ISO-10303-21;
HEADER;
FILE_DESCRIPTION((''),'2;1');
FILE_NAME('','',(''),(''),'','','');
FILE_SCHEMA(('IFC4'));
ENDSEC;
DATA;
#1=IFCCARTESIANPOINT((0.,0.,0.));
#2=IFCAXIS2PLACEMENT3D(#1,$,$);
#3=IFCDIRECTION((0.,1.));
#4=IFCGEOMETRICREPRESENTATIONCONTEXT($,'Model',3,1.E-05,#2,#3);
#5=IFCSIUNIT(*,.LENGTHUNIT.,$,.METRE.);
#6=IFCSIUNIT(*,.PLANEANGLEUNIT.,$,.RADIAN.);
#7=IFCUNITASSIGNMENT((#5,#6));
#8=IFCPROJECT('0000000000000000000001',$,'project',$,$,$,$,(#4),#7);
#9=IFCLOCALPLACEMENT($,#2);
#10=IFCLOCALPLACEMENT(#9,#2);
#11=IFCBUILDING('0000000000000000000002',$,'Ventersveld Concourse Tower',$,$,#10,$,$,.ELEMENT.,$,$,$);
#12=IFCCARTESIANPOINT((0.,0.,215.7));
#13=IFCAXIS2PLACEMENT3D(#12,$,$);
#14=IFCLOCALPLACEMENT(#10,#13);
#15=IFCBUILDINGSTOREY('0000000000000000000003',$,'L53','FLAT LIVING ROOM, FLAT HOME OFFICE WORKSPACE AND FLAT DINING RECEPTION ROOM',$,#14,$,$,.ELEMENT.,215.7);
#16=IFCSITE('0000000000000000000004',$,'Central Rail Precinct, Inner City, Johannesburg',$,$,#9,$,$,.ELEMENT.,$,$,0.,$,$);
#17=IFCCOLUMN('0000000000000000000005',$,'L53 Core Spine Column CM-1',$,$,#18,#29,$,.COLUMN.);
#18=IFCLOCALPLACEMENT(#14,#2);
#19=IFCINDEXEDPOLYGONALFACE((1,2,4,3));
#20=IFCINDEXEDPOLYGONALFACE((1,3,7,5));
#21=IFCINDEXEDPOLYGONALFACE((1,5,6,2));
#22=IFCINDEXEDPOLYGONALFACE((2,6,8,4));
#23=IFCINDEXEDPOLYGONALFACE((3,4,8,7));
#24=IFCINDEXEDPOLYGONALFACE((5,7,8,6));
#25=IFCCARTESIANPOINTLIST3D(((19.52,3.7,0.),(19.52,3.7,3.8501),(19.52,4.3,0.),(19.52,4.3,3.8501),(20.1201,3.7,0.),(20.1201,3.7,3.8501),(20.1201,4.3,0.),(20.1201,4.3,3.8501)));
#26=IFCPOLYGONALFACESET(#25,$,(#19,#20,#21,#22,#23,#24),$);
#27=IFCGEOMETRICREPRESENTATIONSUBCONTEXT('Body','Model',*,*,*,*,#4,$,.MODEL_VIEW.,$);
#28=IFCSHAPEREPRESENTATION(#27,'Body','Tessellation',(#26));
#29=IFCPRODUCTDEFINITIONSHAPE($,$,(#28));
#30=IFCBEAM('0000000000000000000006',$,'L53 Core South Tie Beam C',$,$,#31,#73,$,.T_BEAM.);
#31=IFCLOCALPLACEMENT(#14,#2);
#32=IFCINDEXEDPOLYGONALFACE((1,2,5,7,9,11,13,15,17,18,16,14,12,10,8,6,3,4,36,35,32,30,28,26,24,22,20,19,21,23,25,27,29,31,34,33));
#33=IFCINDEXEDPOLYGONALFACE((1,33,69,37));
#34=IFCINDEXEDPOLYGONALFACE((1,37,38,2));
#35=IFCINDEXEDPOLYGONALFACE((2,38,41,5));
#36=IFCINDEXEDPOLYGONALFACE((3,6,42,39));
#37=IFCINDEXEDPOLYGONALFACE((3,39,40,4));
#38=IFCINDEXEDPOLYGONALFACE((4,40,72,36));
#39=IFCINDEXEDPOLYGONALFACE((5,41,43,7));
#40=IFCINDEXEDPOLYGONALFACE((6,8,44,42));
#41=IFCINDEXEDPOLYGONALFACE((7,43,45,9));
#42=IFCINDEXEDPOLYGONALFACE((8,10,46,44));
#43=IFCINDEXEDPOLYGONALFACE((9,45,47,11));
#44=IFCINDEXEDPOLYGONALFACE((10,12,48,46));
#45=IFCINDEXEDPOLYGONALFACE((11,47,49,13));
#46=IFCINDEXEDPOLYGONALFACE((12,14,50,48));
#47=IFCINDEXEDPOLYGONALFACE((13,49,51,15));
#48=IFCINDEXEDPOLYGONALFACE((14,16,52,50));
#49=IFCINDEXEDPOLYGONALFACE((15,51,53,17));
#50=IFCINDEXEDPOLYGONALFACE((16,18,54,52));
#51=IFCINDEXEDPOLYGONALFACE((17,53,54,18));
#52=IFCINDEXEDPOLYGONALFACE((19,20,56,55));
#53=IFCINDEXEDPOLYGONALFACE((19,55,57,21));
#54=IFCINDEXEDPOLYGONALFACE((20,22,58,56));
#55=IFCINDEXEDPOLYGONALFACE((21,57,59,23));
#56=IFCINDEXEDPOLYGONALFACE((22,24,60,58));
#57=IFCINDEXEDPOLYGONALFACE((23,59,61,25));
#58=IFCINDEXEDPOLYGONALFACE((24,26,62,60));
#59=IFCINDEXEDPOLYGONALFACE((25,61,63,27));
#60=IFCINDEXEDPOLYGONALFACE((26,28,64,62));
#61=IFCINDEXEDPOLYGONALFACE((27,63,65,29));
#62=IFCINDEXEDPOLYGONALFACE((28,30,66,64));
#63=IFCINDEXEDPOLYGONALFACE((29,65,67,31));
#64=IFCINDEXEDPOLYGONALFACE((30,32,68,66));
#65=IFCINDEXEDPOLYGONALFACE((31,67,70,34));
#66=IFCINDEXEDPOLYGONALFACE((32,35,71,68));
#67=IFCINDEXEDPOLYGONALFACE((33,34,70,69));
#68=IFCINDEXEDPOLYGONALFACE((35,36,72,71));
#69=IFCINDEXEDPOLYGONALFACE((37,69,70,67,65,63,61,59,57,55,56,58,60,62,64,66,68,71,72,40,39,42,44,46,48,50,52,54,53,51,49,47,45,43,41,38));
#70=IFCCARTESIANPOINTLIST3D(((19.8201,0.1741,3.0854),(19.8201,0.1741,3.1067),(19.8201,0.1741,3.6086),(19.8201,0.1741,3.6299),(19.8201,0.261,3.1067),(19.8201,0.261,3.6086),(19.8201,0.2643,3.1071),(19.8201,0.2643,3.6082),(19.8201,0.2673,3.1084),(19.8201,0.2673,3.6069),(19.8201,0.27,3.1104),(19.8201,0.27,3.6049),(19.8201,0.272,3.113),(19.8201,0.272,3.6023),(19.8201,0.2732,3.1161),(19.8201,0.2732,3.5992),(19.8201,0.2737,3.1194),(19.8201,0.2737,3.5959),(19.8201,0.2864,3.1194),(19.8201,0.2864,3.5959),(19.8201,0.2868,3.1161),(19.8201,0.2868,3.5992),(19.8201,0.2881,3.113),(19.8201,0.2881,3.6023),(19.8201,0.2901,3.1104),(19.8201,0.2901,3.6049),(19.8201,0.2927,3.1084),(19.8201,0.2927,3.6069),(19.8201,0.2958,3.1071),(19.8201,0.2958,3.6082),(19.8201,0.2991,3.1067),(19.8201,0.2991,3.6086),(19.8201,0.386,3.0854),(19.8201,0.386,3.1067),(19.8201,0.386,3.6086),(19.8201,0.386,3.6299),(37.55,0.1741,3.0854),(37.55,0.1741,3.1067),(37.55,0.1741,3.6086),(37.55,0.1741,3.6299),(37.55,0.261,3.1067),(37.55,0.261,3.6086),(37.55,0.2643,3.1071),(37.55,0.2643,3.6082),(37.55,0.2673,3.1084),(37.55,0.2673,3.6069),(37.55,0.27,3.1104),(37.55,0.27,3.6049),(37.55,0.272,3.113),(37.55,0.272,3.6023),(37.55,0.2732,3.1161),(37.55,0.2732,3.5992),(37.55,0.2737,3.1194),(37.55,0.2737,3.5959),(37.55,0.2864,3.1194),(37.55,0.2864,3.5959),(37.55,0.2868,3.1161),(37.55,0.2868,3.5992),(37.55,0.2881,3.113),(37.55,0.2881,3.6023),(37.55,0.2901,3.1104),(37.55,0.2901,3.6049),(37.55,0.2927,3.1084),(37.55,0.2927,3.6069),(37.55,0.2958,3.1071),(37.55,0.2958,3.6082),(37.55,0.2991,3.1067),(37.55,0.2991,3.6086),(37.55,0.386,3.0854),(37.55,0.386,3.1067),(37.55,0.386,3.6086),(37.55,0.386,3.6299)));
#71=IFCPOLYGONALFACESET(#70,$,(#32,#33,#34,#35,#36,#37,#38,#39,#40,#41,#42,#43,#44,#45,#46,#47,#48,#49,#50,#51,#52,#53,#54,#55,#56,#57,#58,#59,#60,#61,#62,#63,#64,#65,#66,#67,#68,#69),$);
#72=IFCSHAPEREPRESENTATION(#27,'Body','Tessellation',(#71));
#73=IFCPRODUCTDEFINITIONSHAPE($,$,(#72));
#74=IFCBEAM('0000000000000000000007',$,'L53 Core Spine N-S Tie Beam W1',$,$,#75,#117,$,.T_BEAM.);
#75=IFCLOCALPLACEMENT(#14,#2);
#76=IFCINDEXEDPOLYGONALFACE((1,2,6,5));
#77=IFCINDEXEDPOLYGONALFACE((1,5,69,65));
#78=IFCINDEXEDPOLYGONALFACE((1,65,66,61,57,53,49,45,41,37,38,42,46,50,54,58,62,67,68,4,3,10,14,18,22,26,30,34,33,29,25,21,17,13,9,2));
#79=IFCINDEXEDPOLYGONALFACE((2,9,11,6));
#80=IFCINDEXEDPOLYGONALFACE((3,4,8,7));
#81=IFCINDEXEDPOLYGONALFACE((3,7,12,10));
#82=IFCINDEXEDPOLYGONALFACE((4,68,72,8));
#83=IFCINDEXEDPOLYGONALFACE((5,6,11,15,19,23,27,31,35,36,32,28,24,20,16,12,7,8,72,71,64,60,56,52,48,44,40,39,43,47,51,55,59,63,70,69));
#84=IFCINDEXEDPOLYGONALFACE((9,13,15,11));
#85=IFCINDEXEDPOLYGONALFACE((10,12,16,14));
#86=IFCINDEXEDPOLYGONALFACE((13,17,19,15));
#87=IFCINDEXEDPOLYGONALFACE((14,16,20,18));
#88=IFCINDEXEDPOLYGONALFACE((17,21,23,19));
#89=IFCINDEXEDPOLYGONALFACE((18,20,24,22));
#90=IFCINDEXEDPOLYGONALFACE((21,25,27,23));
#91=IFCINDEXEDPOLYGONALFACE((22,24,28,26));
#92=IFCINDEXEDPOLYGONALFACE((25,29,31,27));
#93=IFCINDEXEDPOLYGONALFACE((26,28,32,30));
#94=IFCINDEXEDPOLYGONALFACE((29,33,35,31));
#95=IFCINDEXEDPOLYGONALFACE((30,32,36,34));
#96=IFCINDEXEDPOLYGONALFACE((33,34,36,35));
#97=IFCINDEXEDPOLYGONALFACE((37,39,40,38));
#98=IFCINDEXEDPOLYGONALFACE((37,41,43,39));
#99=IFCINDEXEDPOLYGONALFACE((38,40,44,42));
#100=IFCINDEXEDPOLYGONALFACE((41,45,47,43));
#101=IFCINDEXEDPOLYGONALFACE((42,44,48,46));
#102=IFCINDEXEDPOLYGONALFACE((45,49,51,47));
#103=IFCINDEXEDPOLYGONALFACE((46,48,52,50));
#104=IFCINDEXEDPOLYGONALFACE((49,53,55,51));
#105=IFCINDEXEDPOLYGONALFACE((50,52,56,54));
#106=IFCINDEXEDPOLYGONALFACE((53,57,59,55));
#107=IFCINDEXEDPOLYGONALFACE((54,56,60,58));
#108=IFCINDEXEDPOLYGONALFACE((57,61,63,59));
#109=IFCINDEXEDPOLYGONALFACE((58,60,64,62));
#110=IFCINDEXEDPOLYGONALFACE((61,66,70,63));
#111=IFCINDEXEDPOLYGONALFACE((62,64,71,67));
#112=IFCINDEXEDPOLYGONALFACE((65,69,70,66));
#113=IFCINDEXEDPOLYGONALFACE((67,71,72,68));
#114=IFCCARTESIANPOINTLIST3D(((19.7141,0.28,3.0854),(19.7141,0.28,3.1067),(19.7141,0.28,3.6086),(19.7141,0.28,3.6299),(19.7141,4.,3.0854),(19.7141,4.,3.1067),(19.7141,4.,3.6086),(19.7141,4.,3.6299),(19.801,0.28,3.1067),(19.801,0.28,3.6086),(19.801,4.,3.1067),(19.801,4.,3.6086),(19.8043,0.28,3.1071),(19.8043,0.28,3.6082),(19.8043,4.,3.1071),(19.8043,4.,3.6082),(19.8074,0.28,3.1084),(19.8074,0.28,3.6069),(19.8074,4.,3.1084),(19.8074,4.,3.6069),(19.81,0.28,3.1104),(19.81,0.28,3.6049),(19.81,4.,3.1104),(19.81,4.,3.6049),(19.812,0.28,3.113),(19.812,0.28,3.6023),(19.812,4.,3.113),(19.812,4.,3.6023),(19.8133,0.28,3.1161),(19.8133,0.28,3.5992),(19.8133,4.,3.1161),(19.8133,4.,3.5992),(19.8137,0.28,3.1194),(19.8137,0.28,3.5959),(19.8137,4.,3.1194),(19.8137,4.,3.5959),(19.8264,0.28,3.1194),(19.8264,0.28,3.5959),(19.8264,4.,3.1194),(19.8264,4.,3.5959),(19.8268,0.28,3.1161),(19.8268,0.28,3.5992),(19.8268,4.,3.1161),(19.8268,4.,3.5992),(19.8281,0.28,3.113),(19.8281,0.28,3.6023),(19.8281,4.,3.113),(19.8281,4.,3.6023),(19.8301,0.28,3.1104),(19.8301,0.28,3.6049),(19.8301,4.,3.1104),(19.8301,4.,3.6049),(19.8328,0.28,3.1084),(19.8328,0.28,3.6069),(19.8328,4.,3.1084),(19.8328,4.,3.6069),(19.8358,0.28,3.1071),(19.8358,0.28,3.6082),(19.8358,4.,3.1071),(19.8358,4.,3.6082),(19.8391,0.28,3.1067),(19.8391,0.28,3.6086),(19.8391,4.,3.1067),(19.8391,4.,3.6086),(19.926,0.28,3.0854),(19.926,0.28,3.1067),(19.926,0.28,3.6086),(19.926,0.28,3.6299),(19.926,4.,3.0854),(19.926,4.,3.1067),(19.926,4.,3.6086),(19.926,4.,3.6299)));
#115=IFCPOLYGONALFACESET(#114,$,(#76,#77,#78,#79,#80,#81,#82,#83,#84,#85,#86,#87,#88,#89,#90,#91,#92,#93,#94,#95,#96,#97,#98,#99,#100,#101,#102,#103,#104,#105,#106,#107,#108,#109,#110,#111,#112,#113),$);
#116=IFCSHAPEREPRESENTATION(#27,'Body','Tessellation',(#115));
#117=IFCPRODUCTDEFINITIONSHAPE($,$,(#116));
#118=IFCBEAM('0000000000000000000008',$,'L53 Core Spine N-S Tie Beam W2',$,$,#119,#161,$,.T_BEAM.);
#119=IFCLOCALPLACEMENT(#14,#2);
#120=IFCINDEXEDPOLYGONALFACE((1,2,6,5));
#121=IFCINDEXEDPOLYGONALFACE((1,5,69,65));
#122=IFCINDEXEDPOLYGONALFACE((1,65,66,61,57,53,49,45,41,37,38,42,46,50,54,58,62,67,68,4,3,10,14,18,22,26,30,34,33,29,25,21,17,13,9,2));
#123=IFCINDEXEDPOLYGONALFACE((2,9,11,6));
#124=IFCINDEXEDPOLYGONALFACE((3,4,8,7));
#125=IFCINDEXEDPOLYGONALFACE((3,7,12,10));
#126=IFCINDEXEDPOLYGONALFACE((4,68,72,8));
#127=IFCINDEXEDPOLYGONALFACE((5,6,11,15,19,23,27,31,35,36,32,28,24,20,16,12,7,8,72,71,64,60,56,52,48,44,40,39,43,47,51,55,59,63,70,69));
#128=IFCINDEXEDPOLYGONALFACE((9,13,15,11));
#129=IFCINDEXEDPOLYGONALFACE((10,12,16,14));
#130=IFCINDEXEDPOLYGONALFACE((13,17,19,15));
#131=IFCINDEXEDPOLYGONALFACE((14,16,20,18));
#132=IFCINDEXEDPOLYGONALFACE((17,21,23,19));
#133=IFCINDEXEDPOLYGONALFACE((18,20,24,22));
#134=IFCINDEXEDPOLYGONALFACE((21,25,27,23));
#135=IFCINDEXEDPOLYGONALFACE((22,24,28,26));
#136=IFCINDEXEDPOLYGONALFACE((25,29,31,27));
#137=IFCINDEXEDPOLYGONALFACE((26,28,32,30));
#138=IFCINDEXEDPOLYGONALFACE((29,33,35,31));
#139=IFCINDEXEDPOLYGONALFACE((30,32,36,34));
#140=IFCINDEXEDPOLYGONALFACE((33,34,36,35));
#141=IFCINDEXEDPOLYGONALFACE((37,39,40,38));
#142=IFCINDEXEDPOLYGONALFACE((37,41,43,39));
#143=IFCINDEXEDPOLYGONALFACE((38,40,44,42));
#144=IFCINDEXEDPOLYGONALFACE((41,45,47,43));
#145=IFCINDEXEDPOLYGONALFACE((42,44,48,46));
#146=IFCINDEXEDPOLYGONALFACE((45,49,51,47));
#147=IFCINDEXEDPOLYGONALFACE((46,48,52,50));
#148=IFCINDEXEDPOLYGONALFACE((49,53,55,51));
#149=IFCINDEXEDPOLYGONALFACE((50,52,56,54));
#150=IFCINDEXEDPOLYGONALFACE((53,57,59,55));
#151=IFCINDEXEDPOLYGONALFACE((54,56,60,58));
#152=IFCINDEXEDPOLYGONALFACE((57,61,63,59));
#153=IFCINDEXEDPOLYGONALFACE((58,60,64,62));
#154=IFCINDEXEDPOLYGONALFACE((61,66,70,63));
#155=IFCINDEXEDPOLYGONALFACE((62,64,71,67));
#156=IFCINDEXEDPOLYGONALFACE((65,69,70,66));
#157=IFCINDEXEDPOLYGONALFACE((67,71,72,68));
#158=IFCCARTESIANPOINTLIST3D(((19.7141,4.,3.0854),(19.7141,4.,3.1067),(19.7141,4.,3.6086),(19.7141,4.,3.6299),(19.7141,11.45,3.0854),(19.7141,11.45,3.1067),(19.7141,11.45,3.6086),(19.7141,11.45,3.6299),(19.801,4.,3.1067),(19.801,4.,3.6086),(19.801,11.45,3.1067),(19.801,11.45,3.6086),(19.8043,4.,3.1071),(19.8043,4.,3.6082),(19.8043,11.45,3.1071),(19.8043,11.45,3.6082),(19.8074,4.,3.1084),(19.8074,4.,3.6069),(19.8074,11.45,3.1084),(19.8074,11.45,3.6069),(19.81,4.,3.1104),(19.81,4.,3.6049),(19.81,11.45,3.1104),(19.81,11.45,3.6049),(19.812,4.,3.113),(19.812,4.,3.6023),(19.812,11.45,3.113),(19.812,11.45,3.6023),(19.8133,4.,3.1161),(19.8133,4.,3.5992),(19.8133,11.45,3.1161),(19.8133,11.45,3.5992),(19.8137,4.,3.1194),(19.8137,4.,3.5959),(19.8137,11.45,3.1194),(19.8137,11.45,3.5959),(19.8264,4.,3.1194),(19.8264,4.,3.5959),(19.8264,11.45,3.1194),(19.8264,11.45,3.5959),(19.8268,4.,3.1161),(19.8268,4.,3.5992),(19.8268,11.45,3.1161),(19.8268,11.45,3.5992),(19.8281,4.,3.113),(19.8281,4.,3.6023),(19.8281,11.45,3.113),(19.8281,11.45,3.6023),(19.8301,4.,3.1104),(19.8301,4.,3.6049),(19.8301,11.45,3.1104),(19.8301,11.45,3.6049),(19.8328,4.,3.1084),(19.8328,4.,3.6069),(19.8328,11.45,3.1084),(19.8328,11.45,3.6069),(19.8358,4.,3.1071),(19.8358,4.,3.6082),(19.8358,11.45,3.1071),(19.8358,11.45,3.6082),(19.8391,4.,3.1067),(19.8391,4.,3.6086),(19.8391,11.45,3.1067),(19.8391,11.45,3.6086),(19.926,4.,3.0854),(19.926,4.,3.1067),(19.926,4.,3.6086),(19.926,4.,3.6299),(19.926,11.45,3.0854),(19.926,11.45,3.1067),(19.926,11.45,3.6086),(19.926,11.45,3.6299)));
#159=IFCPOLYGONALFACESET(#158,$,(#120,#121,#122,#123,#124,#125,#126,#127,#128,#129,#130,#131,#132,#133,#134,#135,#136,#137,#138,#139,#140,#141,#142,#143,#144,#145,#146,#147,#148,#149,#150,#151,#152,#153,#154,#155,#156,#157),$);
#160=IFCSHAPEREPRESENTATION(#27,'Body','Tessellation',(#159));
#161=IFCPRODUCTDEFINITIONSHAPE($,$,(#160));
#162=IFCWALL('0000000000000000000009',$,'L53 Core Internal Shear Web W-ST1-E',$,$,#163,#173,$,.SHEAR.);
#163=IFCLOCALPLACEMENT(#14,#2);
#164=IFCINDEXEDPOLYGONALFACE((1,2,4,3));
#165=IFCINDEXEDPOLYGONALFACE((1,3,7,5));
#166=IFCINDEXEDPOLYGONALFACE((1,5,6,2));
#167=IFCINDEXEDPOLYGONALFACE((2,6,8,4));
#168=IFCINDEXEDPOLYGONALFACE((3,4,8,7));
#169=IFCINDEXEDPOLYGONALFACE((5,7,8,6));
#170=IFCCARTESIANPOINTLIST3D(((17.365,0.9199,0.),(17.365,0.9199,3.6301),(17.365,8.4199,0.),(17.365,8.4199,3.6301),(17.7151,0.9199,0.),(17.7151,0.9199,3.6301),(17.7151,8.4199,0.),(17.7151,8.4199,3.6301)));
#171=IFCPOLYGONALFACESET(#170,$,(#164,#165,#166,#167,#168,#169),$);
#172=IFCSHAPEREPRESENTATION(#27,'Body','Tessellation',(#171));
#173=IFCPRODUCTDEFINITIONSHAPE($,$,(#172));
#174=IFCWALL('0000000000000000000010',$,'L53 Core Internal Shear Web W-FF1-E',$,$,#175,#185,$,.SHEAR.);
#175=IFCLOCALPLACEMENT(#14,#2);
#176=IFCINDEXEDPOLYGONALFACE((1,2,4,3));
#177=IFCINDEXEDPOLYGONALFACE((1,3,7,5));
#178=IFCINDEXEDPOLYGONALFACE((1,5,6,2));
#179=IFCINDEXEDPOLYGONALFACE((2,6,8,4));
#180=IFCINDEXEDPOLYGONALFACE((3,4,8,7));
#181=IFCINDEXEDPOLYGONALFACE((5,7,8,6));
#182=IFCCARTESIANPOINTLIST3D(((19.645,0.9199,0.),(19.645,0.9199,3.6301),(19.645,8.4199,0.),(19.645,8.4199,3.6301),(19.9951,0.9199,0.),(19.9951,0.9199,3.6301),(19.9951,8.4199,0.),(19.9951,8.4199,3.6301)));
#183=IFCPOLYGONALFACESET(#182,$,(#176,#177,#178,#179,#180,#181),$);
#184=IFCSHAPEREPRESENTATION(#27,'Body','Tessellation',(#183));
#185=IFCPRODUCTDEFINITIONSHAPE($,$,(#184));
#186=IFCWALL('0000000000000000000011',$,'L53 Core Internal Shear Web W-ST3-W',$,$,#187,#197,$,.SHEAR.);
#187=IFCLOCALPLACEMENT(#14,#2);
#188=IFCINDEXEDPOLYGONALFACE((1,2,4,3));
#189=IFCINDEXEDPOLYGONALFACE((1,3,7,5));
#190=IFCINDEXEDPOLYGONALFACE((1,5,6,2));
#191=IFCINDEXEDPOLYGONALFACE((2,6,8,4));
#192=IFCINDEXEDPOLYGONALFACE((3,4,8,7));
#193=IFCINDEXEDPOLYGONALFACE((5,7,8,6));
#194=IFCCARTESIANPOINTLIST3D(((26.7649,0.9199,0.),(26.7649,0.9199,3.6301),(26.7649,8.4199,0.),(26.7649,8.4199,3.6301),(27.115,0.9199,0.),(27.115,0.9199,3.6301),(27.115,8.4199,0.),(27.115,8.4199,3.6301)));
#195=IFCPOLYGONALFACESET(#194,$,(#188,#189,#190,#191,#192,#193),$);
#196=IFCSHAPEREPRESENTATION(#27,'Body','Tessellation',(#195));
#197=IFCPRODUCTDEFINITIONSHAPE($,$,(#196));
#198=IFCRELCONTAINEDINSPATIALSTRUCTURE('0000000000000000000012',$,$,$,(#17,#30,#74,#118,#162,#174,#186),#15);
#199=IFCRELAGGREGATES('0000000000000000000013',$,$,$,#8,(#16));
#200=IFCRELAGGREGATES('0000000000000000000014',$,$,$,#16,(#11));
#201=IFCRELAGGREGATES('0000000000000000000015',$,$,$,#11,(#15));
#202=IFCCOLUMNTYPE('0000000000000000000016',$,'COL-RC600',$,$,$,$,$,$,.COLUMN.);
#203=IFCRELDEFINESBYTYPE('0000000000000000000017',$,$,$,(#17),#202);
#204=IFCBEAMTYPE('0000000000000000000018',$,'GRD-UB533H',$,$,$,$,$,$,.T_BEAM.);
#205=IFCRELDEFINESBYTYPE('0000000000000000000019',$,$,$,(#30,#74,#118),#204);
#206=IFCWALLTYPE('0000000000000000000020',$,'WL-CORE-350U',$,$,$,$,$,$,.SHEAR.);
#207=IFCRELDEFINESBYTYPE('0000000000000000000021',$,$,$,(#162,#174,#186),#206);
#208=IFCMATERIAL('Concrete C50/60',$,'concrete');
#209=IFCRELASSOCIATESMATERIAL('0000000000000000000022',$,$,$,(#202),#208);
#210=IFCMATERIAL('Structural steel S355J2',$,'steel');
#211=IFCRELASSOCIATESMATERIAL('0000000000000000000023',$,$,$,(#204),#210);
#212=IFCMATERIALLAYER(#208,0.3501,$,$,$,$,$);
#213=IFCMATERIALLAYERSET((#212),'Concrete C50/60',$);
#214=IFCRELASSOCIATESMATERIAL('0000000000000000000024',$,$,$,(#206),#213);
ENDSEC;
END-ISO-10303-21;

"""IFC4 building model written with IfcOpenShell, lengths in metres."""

from ifc_helpers import new_model, si_unit, direction, frame, frame_2d, origin, origin_2d, place, context, subcontext, project, spatial, rectangle, i_section, extrude, material, layer, layer_set, material_profile, profile_set, type_object, element, save


model = new_model("IFC4")

# Units and contexts
model_context = context("Model", 3, precision=1e-05, world=origin(), true_north=direction((0.0, 1.0)))
body_context = subcontext(model_context, "Body", "Model", "MODEL_VIEW")
ifc_project = project(units=[si_unit("LENGTHUNIT", "METRE"), si_unit("PLANEANGLEUNIT", "RADIAN")], contexts=[model_context])

# Site, building, storey
site_placement = place(None, origin())
site = spatial("IfcSite", under=ifc_project, at=site_placement, Name="Central Rail Precinct, Inner City, Johannesburg", CompositionType="ELEMENT", RefElevation=0.0)
building_placement = place(site_placement, origin())
building = spatial("IfcBuilding", under=site, at=building_placement, Name="Ventersveld Concourse Tower", CompositionType="ELEMENT")
storey_placement = place(building_placement, frame((0.0, 0.0, 215.7)))
storey = spatial("IfcBuildingStorey", under=building, at=storey_placement, Name="L53", Description="FLAT LIVING ROOM, FLAT HOME OFFICE WORKSPACE AND FLAT DINING RECEPTION ROOM", CompositionType="ELEMENT", Elevation=215.7)

# Column
ifc_material_1 = material(Name="Concrete C50/60", Category="concrete")
ifc_material_profile_1 = material_profile(ifc_material_1, rectangle(XDim=0.6001, YDim=0.6001, at=origin_2d()), Name="RC 600x600")
ifc_profile_set_1 = profile_set([ifc_material_profile_1], Name="Concrete C50/60")
column_type = type_object("IfcColumnType", Name="COL-RC600", PredefinedType="COLUMN", material=ifc_profile_set_1)
column_placement = place(storey_placement, frame((19.8201, 4.0, 0.0), z_axis=(0.0, 0.0, 1.0), x_axis=(1.0, 0.0, 0.0)))
element("IfcColumn", 1, at=column_placement, inside=storey, type_object=column_type, Name="L53 Core Spine Column CM-1", PredefinedType="COLUMN", context=body_context, shape_type="SweptSolid", body=[
    extrude(rectangle(XDim=0.6001, YDim=0.6001, at=origin_2d()), origin(), (0.0, 0.0, 1.0), 3.8501),
])

# Beams
ifc_material_2 = material(Name="Structural steel S355J2", Category="steel")
ifc_material_profile_2 = material_profile(ifc_material_2, i_section(OverallWidth=0.2119, OverallDepth=0.5444, WebThickness=0.0127, FlangeThickness=0.0212, FilletRadius=0.0127, at=origin_2d()), Name="UB 533x210x122")
ifc_profile_set_2 = profile_set([ifc_material_profile_2], Name="Structural steel S355J2")
beam_type = type_object("IfcBeamType", Name="GRD-UB533H", PredefinedType="T_BEAM", material=ifc_profile_set_2)
beam_1_placement = place(storey_placement, frame((19.8201, 0.28, 3.3577), z_axis=(1.0, 0.0, 0.0), x_axis=(0.0, 1.0, 0.0)))
element("IfcBeam", 2, at=beam_1_placement, inside=storey, type_object=beam_type, Name="L53 Core South Tie Beam C", PredefinedType="T_BEAM", context=body_context, shape_type="SweptSolid", body=[
    extrude(i_section(OverallWidth=0.2119, OverallDepth=0.5444, WebThickness=0.0127, FlangeThickness=0.0212, FilletRadius=0.0127, at=origin_2d()), origin(), (0.0, 0.0, 1.0), 17.73),
])
beam_2_placement = place(storey_placement, frame((19.8201, 0.28, 3.3577), z_axis=(0.0, 1.0, 0.0), x_axis=(-1.0, 0.0, 0.0)))
element("IfcBeam", 3, at=beam_2_placement, inside=storey, type_object=beam_type, Name="L53 Core Spine N-S Tie Beam W1", PredefinedType="T_BEAM", context=body_context, shape_type="SweptSolid", body=[
    extrude(i_section(OverallWidth=0.2119, OverallDepth=0.5444, WebThickness=0.0127, FlangeThickness=0.0212, FilletRadius=0.0127, at=origin_2d()), origin(), (0.0, 0.0, 1.0), 3.72),
])
beam_3_placement = place(storey_placement, frame((19.8201, 4.0, 3.3577), z_axis=(0.0, 1.0, 0.0), x_axis=(-1.0, 0.0, 0.0)))
element("IfcBeam", 4, at=beam_3_placement, inside=storey, type_object=beam_type, Name="L53 Core Spine N-S Tie Beam W2", PredefinedType="T_BEAM", context=body_context, shape_type="SweptSolid", body=[
    extrude(i_section(OverallWidth=0.2119, OverallDepth=0.5444, WebThickness=0.0127, FlangeThickness=0.0212, FilletRadius=0.0127, at=origin_2d()), origin(), (0.0, 0.0, 1.0), 7.45),
])

# Walls
ifc_layer_1 = layer(ifc_material_1, 0.3501)
ifc_layer_set_1 = layer_set([ifc_layer_1], Name="Concrete C50/60")
wall_type_1 = type_object("IfcWallType", Name="WL-CORE-350U", PredefinedType="SHEAR", material=ifc_layer_set_1)
for number, where, z_axis, x_axis, name in (
    (5, (17.54, 0.9199, 0.0), (0.0, 0.0, 1.0), (0.0, 1.0, 0.0), "L53 Core Internal Shear Web W-ST1-E"),
    (6, (19.8201, 0.9199, 0.0), (0.0, 0.0, 1.0), (0.0, 1.0, 0.0), "L53 Core Internal Shear Web W-FF1-E"),
    (7, (26.9399, 0.9199, 0.0), (0.0, 0.0, 1.0), (0.0, 1.0, 0.0), "L53 Core Internal Shear Web W-ST3-W"),
):
    element("IfcWall", number, at=place(storey_placement, frame(where, z_axis=z_axis, x_axis=x_axis)), inside=storey, type_object=wall_type_1, Name=name, PredefinedType="SHEAR", context=body_context, shape_type="SweptSolid", body=[
        extrude(rectangle(XDim=7.5, YDim=0.3501, at=frame_2d((3.75, 0.0))), origin(), (0.0, 0.0, 1.0), 3.6301),
    ])

save(model, "model.ifc")
